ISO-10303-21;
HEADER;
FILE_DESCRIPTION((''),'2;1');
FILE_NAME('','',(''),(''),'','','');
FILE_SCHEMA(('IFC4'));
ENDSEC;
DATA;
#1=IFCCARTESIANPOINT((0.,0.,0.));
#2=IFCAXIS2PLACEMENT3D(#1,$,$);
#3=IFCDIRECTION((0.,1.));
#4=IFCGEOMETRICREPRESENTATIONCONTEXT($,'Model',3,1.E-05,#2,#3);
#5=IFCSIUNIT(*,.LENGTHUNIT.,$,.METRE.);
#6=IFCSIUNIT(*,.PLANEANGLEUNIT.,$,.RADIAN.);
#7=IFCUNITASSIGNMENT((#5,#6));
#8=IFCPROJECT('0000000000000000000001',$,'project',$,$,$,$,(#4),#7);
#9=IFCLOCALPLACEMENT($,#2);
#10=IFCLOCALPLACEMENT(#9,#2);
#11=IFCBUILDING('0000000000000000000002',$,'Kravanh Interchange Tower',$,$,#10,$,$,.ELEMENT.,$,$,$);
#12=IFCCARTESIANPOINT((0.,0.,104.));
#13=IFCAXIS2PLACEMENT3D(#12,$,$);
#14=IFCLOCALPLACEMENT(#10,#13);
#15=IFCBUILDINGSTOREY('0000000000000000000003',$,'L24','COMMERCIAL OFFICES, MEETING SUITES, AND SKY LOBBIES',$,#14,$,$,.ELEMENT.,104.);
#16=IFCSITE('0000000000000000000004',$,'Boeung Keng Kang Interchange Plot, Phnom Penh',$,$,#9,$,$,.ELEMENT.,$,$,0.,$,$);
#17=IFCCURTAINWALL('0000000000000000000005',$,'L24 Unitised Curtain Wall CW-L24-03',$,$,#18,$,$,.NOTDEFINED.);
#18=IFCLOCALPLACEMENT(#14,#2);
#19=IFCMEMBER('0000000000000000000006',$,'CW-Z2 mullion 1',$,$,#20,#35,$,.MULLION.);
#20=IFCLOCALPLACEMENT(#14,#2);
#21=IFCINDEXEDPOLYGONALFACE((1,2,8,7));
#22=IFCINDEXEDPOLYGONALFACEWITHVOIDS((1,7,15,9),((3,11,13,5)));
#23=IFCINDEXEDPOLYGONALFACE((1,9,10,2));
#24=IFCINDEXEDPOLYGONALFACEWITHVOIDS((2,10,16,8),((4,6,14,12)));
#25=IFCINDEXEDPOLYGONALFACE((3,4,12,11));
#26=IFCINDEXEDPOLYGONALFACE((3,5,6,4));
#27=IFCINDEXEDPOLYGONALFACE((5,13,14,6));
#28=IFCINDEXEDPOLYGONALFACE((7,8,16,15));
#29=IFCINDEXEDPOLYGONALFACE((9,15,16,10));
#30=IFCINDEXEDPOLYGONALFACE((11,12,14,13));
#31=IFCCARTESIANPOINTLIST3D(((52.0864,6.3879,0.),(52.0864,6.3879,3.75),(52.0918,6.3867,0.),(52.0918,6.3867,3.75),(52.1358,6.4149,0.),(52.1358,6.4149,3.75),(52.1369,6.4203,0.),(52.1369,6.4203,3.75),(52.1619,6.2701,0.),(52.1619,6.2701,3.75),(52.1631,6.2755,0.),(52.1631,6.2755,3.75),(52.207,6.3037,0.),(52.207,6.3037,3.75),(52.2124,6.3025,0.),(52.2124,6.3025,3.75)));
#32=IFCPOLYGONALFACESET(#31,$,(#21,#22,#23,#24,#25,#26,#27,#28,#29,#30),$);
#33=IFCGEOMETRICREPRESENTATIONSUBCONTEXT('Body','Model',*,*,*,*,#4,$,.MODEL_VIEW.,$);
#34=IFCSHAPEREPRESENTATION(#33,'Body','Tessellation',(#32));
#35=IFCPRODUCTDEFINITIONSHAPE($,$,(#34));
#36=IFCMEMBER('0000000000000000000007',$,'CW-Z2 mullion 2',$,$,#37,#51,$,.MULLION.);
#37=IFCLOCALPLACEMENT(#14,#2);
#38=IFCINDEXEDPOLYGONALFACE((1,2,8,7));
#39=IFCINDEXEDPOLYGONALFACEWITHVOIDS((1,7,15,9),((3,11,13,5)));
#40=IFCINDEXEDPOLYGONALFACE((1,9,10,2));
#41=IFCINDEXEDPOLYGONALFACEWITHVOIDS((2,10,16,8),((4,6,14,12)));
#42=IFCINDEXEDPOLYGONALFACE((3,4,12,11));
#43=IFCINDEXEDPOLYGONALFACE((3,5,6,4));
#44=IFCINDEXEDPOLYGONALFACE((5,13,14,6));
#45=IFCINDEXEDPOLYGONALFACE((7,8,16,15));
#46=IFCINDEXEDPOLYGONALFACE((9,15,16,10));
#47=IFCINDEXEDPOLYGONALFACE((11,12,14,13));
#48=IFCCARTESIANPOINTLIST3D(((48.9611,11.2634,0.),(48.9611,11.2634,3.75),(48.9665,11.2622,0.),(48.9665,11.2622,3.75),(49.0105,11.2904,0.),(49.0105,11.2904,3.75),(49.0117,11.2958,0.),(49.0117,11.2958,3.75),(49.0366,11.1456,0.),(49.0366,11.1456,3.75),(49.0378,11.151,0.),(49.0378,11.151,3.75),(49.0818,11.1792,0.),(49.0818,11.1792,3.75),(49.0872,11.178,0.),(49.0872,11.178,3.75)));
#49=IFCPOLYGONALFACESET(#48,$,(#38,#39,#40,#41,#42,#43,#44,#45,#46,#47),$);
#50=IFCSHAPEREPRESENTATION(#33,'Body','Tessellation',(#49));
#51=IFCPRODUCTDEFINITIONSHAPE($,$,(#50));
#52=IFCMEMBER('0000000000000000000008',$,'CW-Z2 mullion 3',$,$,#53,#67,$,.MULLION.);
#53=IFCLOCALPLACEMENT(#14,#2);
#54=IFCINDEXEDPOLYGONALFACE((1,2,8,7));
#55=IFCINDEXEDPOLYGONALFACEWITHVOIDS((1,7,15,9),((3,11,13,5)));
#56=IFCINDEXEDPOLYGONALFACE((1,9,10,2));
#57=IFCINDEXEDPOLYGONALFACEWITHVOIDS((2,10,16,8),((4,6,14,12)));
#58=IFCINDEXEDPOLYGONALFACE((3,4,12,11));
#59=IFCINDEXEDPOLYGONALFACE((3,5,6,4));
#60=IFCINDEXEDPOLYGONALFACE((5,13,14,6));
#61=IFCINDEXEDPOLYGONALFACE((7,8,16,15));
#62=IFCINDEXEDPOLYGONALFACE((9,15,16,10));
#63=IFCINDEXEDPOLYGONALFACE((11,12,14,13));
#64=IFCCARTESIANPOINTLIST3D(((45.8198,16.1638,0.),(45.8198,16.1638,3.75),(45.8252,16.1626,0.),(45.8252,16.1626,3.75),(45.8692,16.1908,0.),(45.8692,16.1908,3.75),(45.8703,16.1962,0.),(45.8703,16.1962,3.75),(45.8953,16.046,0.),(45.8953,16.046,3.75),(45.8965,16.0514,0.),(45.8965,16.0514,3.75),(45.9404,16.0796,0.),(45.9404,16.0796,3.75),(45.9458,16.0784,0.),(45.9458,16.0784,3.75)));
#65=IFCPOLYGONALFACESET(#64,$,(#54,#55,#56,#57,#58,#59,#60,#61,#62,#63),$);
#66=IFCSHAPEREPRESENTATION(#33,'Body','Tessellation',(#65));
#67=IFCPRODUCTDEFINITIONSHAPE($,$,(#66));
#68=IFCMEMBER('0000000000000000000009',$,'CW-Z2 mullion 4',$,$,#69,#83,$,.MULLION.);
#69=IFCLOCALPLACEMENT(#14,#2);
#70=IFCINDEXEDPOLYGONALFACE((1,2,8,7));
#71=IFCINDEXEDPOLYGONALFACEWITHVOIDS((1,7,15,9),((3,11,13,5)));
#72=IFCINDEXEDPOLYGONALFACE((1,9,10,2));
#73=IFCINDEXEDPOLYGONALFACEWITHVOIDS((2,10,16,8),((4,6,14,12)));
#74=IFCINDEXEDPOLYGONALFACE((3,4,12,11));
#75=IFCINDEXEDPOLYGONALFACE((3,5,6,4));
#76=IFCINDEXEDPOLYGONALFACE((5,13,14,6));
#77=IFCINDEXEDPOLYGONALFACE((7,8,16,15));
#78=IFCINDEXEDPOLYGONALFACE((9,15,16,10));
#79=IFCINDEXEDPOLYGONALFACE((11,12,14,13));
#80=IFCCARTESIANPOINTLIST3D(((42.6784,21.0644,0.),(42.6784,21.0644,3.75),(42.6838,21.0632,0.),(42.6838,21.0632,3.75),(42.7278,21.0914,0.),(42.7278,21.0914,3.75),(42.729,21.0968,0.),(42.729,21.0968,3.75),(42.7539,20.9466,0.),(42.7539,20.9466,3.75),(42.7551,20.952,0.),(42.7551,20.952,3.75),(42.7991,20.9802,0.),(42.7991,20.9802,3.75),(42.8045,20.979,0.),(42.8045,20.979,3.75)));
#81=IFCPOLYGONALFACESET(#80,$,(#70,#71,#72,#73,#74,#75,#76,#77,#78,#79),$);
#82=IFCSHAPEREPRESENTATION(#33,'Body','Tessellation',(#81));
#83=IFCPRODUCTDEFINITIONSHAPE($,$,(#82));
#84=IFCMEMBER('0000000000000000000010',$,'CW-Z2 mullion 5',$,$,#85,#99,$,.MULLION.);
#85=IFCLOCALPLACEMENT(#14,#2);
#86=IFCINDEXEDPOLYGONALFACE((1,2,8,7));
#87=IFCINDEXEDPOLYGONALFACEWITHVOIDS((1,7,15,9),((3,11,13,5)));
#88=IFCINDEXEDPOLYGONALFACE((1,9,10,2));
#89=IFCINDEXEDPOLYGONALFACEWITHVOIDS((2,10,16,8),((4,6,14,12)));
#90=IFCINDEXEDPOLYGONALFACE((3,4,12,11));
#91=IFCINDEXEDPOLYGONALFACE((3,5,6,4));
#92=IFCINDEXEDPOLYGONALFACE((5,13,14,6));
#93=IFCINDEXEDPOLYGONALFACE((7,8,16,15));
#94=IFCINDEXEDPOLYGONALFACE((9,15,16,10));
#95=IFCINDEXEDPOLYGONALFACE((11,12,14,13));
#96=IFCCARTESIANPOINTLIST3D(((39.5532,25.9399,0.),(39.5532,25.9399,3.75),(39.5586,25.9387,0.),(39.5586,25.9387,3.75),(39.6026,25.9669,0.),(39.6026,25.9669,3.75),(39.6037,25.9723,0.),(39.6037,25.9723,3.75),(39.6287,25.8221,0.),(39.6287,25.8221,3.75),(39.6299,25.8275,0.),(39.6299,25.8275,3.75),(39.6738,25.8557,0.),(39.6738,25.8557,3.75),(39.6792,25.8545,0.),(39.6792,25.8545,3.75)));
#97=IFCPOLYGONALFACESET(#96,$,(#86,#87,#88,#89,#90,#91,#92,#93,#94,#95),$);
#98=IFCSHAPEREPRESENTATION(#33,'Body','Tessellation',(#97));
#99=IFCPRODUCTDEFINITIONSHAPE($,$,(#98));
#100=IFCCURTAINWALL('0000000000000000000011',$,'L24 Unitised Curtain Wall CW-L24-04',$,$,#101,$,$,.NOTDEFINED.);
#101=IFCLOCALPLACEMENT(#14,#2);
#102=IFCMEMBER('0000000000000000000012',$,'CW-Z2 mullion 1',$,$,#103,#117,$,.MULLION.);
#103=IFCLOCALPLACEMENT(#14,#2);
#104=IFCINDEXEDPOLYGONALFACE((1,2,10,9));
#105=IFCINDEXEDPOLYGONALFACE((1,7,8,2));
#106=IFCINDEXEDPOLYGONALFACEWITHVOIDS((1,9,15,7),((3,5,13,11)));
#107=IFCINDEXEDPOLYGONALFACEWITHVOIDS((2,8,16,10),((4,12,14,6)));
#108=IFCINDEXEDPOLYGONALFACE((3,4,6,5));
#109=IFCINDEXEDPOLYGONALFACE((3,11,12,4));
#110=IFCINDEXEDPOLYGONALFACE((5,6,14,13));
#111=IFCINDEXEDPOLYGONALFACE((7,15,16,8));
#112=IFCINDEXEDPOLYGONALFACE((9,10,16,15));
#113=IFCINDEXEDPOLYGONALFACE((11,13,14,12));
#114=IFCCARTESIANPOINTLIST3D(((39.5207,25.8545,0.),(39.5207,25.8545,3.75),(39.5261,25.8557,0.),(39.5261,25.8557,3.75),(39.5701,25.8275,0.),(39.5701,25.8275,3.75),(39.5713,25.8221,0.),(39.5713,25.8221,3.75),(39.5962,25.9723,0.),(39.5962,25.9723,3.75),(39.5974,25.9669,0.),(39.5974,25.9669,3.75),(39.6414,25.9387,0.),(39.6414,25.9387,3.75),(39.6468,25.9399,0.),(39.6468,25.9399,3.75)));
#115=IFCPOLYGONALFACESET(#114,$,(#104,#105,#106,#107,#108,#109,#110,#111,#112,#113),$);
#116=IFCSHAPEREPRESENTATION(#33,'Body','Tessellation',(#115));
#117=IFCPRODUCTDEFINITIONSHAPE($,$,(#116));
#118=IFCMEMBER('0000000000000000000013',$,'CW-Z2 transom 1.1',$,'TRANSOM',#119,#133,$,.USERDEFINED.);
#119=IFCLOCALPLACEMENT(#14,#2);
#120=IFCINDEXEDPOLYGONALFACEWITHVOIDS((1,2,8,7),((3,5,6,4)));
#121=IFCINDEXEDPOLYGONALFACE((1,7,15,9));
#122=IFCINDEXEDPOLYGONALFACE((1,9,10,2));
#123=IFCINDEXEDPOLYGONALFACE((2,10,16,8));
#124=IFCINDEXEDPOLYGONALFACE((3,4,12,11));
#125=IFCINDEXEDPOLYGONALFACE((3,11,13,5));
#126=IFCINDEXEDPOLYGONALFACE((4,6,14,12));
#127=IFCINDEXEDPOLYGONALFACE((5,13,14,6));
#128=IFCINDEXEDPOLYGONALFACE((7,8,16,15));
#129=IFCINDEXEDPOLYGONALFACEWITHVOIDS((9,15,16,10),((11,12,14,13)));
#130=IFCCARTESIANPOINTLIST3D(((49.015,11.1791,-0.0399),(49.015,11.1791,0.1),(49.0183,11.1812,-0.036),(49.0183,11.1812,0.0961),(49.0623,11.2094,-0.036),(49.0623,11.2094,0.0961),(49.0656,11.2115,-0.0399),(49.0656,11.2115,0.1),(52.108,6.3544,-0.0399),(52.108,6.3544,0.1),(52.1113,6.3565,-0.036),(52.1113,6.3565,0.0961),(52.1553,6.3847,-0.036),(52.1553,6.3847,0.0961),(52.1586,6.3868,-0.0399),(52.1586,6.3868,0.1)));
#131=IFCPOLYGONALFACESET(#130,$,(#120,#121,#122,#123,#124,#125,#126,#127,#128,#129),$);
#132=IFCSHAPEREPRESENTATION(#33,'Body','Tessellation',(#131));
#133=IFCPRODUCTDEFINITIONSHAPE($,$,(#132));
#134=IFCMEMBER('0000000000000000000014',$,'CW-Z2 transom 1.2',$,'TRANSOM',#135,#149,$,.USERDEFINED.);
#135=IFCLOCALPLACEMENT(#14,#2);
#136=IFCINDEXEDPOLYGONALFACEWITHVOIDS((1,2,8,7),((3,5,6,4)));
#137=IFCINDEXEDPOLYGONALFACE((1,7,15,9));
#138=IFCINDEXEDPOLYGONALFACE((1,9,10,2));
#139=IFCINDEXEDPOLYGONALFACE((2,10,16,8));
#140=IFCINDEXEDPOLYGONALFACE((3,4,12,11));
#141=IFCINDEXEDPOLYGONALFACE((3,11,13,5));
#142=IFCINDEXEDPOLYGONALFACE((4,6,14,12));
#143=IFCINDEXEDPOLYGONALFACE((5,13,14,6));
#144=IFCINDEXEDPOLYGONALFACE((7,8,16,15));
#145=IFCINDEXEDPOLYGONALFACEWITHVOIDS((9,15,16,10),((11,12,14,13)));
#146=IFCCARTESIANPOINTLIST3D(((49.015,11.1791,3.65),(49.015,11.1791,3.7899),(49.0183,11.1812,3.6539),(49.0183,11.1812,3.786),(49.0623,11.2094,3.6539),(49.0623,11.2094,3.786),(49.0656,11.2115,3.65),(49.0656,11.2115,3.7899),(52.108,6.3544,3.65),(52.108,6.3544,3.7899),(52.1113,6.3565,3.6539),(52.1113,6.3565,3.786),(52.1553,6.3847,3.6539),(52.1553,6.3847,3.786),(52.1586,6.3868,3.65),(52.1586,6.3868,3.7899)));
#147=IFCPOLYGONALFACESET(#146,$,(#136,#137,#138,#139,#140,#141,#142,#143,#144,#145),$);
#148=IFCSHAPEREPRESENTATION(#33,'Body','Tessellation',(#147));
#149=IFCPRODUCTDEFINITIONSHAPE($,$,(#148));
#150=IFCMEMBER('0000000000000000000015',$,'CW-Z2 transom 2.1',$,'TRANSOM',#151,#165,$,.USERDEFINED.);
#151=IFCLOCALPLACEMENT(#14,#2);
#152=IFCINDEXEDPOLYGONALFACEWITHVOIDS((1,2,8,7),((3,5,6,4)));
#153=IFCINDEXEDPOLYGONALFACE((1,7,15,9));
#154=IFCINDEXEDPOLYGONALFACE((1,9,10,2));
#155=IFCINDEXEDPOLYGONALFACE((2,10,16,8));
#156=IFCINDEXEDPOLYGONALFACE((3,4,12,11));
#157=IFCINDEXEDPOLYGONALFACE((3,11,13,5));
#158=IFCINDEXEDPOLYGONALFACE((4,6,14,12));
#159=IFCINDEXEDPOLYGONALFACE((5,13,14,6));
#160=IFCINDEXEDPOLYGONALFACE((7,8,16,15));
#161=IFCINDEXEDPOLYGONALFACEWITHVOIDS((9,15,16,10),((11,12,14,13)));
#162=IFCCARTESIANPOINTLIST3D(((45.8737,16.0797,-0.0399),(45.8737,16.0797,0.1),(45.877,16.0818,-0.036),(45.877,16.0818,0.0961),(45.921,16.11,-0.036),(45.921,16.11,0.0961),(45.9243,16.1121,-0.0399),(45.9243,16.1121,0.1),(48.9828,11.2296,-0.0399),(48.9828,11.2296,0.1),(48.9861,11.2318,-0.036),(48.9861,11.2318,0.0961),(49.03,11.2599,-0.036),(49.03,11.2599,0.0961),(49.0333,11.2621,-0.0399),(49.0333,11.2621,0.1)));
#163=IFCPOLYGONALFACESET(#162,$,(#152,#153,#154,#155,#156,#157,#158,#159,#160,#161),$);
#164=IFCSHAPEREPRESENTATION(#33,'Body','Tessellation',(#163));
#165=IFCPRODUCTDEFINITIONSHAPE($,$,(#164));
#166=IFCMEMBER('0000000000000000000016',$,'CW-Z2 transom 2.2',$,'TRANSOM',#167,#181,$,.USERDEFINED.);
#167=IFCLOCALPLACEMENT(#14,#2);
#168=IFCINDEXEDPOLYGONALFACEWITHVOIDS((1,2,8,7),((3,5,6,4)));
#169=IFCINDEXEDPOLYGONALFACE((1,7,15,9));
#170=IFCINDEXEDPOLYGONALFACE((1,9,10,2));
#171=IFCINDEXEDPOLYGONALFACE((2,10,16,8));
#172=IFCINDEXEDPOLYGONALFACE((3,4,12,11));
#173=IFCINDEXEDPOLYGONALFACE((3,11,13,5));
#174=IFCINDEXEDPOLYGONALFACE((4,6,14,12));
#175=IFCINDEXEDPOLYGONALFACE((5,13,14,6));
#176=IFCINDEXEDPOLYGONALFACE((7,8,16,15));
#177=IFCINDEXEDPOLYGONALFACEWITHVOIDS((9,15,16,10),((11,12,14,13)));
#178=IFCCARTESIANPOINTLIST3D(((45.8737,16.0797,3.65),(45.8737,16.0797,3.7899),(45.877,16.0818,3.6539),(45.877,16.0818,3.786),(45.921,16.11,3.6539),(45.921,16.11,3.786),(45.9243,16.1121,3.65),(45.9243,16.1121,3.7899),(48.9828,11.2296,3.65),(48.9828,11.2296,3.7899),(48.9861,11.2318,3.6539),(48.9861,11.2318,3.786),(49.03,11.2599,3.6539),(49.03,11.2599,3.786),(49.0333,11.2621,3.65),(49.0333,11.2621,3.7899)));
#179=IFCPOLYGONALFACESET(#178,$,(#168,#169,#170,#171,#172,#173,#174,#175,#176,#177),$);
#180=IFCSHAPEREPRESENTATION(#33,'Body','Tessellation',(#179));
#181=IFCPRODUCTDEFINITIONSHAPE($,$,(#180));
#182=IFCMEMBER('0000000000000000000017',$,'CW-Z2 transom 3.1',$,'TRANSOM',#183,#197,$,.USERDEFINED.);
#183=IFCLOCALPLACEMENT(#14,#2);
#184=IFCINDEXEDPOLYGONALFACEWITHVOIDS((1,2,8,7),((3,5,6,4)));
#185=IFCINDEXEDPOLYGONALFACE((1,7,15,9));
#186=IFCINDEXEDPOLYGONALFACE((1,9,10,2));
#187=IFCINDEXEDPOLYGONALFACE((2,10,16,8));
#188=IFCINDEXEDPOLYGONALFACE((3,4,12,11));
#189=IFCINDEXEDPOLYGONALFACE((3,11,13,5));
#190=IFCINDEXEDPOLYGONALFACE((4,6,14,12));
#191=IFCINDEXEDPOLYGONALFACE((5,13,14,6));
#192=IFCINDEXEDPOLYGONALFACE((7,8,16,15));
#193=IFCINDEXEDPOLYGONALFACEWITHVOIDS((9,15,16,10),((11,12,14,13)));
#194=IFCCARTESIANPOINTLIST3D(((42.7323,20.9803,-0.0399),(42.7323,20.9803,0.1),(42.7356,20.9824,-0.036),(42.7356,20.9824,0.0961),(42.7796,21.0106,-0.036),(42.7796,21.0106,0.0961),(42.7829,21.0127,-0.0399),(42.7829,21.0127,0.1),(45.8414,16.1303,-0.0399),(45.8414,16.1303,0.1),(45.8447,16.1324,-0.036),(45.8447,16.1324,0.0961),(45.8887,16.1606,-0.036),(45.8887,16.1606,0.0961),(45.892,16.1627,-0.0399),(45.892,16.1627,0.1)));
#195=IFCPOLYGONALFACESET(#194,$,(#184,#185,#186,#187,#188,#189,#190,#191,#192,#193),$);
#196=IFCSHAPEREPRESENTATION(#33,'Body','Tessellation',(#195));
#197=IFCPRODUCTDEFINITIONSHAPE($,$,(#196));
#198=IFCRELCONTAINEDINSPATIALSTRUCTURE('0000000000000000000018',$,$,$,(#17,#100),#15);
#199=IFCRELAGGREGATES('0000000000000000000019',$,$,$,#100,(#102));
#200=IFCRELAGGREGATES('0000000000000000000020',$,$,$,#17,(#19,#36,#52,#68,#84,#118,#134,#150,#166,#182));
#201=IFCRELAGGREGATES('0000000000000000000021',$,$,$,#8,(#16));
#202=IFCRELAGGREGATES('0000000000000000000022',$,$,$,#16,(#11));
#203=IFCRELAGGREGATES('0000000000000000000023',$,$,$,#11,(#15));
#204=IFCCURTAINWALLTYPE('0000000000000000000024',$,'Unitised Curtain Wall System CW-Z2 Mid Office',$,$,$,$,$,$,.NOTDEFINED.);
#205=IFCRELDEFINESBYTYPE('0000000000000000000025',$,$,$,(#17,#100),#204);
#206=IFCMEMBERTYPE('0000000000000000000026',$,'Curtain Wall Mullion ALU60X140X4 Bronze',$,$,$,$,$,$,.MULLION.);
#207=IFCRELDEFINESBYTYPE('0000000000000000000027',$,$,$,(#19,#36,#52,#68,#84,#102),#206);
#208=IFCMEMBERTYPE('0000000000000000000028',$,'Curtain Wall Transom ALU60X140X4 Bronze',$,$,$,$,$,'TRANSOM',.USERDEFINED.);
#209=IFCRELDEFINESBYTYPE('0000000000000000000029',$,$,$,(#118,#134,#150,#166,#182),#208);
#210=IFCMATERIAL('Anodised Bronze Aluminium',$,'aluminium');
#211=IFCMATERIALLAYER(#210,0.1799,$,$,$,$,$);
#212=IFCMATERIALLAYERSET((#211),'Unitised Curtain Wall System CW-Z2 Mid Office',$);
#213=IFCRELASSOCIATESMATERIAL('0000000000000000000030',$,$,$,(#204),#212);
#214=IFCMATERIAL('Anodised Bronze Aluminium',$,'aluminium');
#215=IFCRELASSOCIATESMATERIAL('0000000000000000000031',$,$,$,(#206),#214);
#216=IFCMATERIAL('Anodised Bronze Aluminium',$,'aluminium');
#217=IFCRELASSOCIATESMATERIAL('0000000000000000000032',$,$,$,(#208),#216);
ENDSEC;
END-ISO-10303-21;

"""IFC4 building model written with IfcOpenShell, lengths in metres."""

from ifc_helpers import new_model, si_unit, direction, frame, origin, origin_2d, place, context, subcontext, project, spatial, hollow_rectangle, extrude, material, layer, layer_set, material_profile, profile_set, type_object, element, aggregate, save


model = new_model("IFC4")

# Units and contexts
model_context = context("Model", 3, precision=1e-05, world=origin(), true_north=direction((0.0, 1.0)))
body_context = subcontext(model_context, "Body", "Model", "MODEL_VIEW")
ifc_project = project(units=[si_unit("LENGTHUNIT", "METRE"), si_unit("PLANEANGLEUNIT", "RADIAN")], contexts=[model_context])

# Site, building, storey
site_placement = place(None, origin())
site = spatial("IfcSite", under=ifc_project, at=site_placement, Name="Boeung Keng Kang Interchange Plot, Phnom Penh", CompositionType="ELEMENT", RefElevation=0.0)
building_placement = place(site_placement, origin())
building = spatial("IfcBuilding", under=site, at=building_placement, Name="Kravanh Interchange Tower", CompositionType="ELEMENT")
storey_placement = place(building_placement, frame((0.0, 0.0, 104.0)))
storey = spatial("IfcBuildingStorey", under=building, at=storey_placement, Name="L24", Description="COMMERCIAL OFFICES, MEETING SUITES, AND SKY LOBBIES", CompositionType="ELEMENT", Elevation=104.0)

# Shared definitions
ifc_material_1 = material(Name="Anodised Bronze Aluminium", Category="aluminium")
ifc_layer_1 = layer(ifc_material_1, 0.1799)
ifc_layer_set_1 = layer_set([ifc_layer_1], Name="Unitised Curtain Wall System CW-Z2 Mid Office")
curtain_wall_type = type_object("IfcCurtainWallType", Name="Unitised Curtain Wall System CW-Z2 Mid Office", PredefinedType="NOTDEFINED", material=ifc_layer_set_1)
ifc_material_2 = material(Name="Anodised Bronze Aluminium", Category="aluminium")
ifc_material_profile_1 = material_profile(ifc_material_2, hollow_rectangle(XDim=0.0601, YDim=0.1399, WallThickness=0.0039, at=origin_2d()), Name="ALU60X140X4")
ifc_profile_set_1 = profile_set([ifc_material_profile_1], Name="Anodised Bronze Aluminium")
member_type_1 = type_object("IfcMemberType", Name="Curtain Wall Mullion ALU60X140X4 Bronze", PredefinedType="MULLION", material=ifc_profile_set_1)

# Curtain wall, members
curtain_wall_1_placement = place(storey_placement, origin())
curtain_wall_1 = element("IfcCurtainWall", 1, at=curtain_wall_1_placement, inside=storey, type_object=curtain_wall_type, Name="L24 Unitised Curtain Wall CW-L24-03", PredefinedType="NOTDEFINED")
member_1_placement = place(storey_placement, frame((52.1494, 6.3452, 0.0), z_axis=(0.0, 0.0, 1.0), x_axis=(-0.84188, -0.539665, 0.0)))
member_1 = element("IfcMember", 2, at=member_1_placement, type_object=member_type_1, Name="CW-Z2 mullion 1", PredefinedType="MULLION", context=body_context, shape_type="SweptSolid", body=[
    extrude(hollow_rectangle(XDim=0.0601, YDim=0.1399, WallThickness=0.0039, at=origin_2d()), origin(), (0.0, 0.0, 1.0), 3.75),
])
member_2_placement = place(storey_placement, frame((49.0242, 11.2207, 0.0), z_axis=(0.0, 0.0, 1.0), x_axis=(-0.84188, -0.539665, 0.0)))
member_2 = element("IfcMember", 3, at=member_2_placement, type_object=member_type_1, Name="CW-Z2 mullion 2", PredefinedType="MULLION", context=body_context, shape_type="SweptSolid", body=[
    extrude(hollow_rectangle(XDim=0.0601, YDim=0.1399, WallThickness=0.0039, at=origin_2d()), origin(), (0.0, 0.0, 1.0), 3.75),
])
member_3_placement = place(storey_placement, frame((45.8828, 16.1211, 0.0), z_axis=(0.0, 0.0, 1.0), x_axis=(-0.84188, -0.539665, 0.0)))
member_3 = element("IfcMember", 4, at=member_3_placement, type_object=member_type_1, Name="CW-Z2 mullion 3", PredefinedType="MULLION", context=body_context, shape_type="SweptSolid", body=[
    extrude(hollow_rectangle(XDim=0.0601, YDim=0.1399, WallThickness=0.0039, at=origin_2d()), origin(), (0.0, 0.0, 1.0), 3.75),
])
member_4_placement = place(storey_placement, frame((42.7415, 21.0217, 0.0), z_axis=(0.0, 0.0, 1.0), x_axis=(-0.84188, -0.539665, 0.0)))
member_4 = element("IfcMember", 5, at=member_4_placement, type_object=member_type_1, Name="CW-Z2 mullion 4", PredefinedType="MULLION", context=body_context, shape_type="SweptSolid", body=[
    extrude(hollow_rectangle(XDim=0.0601, YDim=0.1399, WallThickness=0.0039, at=origin_2d()), origin(), (0.0, 0.0, 1.0), 3.75),
])
member_5_placement = place(storey_placement, frame((39.6162, 25.8972, 0.0), z_axis=(0.0, 0.0, 1.0), x_axis=(-0.84188, -0.539665, 0.0)))
member_5 = element("IfcMember", 6, at=member_5_placement, type_object=member_type_1, Name="CW-Z2 mullion 5", PredefinedType="MULLION", context=body_context, shape_type="SweptSolid", body=[
    extrude(hollow_rectangle(XDim=0.0601, YDim=0.1399, WallThickness=0.0039, at=origin_2d()), origin(), (0.0, 0.0, 1.0), 3.75),
])

# Curtain wall, member
curtain_wall_2_placement = place(storey_placement, origin())
curtain_wall_2 = element("IfcCurtainWall", 7, at=curtain_wall_2_placement, inside=storey, type_object=curtain_wall_type, Name="L24 Unitised Curtain Wall CW-L24-04", PredefinedType="NOTDEFINED")
member_6_placement = place(storey_placement, frame((39.5837, 25.8972, 0.0), z_axis=(0.0, 0.0, 1.0), x_axis=(0.84188, -0.539665, 0.0)))
member_6 = element("IfcMember", 8, at=member_6_placement, type_object=member_type_1, Name="CW-Z2 mullion 1", PredefinedType="MULLION", context=body_context, shape_type="SweptSolid", body=[
    extrude(hollow_rectangle(XDim=0.0601, YDim=0.1399, WallThickness=0.0039, at=origin_2d()), origin(), (0.0, 0.0, 1.0), 3.75),
])

# Members
ifc_material_3 = material(Name="Anodised Bronze Aluminium", Category="aluminium")
ifc_material_profile_2 = material_profile(ifc_material_3, hollow_rectangle(XDim=0.0601, YDim=0.1399, WallThickness=0.0039, at=origin_2d()), Name="ALU60X140X4")
ifc_profile_set_2 = profile_set([ifc_material_profile_2], Name="Anodised Bronze Aluminium")
member_type_2 = type_object("IfcMemberType", Name="Curtain Wall Transom ALU60X140X4 Bronze", ElementType="TRANSOM", PredefinedType="USERDEFINED", material=ifc_profile_set_2)
member_7_placement = place(storey_placement, frame((52.1333, 6.3706, 0.03), z_axis=(-0.539698, 0.841859, 0.0), x_axis=(-0.841859, -0.539698, 0.0)))
member_7 = element("IfcMember", 9, at=member_7_placement, type_object=member_type_2, Name="CW-Z2 transom 1.1", ObjectType="TRANSOM", PredefinedType="USERDEFINED", context=body_context, shape_type="SweptSolid", body=[
    extrude(hollow_rectangle(XDim=0.0601, YDim=0.1399, WallThickness=0.0039, at=origin_2d()), origin(), (0.0, 0.0, 1.0), 5.731),
])
member_8_placement = place(storey_placement, frame((52.1333, 6.3706, 3.72), z_axis=(-0.539698, 0.841859, 0.0), x_axis=(-0.841859, -0.539698, 0.0)))
member_8 = element("IfcMember", 10, at=member_8_placement, type_object=member_type_2, Name="CW-Z2 transom 1.2", ObjectType="TRANSOM", PredefinedType="USERDEFINED", context=body_context, shape_type="SweptSolid", body=[
    extrude(hollow_rectangle(XDim=0.0601, YDim=0.1399, WallThickness=0.0039, at=origin_2d()), origin(), (0.0, 0.0, 1.0), 5.731),
])
member_9_placement = place(storey_placement, frame((49.0081, 11.2458, 0.03), z_axis=(-0.539678, 0.841872, 0.0), x_axis=(-0.841872, -0.539678, 0.0)))
member_9 = element("IfcMember", 11, at=member_9_placement, type_object=member_type_2, Name="CW-Z2 transom 2.1", ObjectType="TRANSOM", PredefinedType="USERDEFINED", context=body_context, shape_type="SweptSolid", body=[
    extrude(hollow_rectangle(XDim=0.0601, YDim=0.1399, WallThickness=0.0039, at=origin_2d()), origin(), (0.0, 0.0, 1.0), 5.761),
])
member_10_placement = place(storey_placement, frame((49.0081, 11.2458, 3.72), z_axis=(-0.539678, 0.841872, 0.0), x_axis=(-0.841872, -0.539678, 0.0)))
member_10 = element("IfcMember", 12, at=member_10_placement, type_object=member_type_2, Name="CW-Z2 transom 2.2", ObjectType="TRANSOM", PredefinedType="USERDEFINED", context=body_context, shape_type="SweptSolid", body=[
    extrude(hollow_rectangle(XDim=0.0601, YDim=0.1399, WallThickness=0.0039, at=origin_2d()), origin(), (0.0, 0.0, 1.0), 5.761),
])
member_11_placement = place(storey_placement, frame((45.8667, 16.1465, 0.03), z_axis=(-0.539678, 0.841872, 0.0), x_axis=(-0.841872, -0.539678, 0.0)))
member_11 = element("IfcMember", 13, at=member_11_placement, type_object=member_type_2, Name="CW-Z2 transom 3.1", ObjectType="TRANSOM", PredefinedType="USERDEFINED", context=body_context, shape_type="SweptSolid", body=[
    extrude(hollow_rectangle(XDim=0.0601, YDim=0.1399, WallThickness=0.0039, at=origin_2d()), origin(), (0.0, 0.0, 1.0), 5.761),
])
aggregate(curtain_wall_2, [member_6])

aggregate(curtain_wall_1, [member_1, member_2, member_3, member_4, member_5, member_7, member_8, member_9, member_10, member_11])

save(model, "model.ifc")
